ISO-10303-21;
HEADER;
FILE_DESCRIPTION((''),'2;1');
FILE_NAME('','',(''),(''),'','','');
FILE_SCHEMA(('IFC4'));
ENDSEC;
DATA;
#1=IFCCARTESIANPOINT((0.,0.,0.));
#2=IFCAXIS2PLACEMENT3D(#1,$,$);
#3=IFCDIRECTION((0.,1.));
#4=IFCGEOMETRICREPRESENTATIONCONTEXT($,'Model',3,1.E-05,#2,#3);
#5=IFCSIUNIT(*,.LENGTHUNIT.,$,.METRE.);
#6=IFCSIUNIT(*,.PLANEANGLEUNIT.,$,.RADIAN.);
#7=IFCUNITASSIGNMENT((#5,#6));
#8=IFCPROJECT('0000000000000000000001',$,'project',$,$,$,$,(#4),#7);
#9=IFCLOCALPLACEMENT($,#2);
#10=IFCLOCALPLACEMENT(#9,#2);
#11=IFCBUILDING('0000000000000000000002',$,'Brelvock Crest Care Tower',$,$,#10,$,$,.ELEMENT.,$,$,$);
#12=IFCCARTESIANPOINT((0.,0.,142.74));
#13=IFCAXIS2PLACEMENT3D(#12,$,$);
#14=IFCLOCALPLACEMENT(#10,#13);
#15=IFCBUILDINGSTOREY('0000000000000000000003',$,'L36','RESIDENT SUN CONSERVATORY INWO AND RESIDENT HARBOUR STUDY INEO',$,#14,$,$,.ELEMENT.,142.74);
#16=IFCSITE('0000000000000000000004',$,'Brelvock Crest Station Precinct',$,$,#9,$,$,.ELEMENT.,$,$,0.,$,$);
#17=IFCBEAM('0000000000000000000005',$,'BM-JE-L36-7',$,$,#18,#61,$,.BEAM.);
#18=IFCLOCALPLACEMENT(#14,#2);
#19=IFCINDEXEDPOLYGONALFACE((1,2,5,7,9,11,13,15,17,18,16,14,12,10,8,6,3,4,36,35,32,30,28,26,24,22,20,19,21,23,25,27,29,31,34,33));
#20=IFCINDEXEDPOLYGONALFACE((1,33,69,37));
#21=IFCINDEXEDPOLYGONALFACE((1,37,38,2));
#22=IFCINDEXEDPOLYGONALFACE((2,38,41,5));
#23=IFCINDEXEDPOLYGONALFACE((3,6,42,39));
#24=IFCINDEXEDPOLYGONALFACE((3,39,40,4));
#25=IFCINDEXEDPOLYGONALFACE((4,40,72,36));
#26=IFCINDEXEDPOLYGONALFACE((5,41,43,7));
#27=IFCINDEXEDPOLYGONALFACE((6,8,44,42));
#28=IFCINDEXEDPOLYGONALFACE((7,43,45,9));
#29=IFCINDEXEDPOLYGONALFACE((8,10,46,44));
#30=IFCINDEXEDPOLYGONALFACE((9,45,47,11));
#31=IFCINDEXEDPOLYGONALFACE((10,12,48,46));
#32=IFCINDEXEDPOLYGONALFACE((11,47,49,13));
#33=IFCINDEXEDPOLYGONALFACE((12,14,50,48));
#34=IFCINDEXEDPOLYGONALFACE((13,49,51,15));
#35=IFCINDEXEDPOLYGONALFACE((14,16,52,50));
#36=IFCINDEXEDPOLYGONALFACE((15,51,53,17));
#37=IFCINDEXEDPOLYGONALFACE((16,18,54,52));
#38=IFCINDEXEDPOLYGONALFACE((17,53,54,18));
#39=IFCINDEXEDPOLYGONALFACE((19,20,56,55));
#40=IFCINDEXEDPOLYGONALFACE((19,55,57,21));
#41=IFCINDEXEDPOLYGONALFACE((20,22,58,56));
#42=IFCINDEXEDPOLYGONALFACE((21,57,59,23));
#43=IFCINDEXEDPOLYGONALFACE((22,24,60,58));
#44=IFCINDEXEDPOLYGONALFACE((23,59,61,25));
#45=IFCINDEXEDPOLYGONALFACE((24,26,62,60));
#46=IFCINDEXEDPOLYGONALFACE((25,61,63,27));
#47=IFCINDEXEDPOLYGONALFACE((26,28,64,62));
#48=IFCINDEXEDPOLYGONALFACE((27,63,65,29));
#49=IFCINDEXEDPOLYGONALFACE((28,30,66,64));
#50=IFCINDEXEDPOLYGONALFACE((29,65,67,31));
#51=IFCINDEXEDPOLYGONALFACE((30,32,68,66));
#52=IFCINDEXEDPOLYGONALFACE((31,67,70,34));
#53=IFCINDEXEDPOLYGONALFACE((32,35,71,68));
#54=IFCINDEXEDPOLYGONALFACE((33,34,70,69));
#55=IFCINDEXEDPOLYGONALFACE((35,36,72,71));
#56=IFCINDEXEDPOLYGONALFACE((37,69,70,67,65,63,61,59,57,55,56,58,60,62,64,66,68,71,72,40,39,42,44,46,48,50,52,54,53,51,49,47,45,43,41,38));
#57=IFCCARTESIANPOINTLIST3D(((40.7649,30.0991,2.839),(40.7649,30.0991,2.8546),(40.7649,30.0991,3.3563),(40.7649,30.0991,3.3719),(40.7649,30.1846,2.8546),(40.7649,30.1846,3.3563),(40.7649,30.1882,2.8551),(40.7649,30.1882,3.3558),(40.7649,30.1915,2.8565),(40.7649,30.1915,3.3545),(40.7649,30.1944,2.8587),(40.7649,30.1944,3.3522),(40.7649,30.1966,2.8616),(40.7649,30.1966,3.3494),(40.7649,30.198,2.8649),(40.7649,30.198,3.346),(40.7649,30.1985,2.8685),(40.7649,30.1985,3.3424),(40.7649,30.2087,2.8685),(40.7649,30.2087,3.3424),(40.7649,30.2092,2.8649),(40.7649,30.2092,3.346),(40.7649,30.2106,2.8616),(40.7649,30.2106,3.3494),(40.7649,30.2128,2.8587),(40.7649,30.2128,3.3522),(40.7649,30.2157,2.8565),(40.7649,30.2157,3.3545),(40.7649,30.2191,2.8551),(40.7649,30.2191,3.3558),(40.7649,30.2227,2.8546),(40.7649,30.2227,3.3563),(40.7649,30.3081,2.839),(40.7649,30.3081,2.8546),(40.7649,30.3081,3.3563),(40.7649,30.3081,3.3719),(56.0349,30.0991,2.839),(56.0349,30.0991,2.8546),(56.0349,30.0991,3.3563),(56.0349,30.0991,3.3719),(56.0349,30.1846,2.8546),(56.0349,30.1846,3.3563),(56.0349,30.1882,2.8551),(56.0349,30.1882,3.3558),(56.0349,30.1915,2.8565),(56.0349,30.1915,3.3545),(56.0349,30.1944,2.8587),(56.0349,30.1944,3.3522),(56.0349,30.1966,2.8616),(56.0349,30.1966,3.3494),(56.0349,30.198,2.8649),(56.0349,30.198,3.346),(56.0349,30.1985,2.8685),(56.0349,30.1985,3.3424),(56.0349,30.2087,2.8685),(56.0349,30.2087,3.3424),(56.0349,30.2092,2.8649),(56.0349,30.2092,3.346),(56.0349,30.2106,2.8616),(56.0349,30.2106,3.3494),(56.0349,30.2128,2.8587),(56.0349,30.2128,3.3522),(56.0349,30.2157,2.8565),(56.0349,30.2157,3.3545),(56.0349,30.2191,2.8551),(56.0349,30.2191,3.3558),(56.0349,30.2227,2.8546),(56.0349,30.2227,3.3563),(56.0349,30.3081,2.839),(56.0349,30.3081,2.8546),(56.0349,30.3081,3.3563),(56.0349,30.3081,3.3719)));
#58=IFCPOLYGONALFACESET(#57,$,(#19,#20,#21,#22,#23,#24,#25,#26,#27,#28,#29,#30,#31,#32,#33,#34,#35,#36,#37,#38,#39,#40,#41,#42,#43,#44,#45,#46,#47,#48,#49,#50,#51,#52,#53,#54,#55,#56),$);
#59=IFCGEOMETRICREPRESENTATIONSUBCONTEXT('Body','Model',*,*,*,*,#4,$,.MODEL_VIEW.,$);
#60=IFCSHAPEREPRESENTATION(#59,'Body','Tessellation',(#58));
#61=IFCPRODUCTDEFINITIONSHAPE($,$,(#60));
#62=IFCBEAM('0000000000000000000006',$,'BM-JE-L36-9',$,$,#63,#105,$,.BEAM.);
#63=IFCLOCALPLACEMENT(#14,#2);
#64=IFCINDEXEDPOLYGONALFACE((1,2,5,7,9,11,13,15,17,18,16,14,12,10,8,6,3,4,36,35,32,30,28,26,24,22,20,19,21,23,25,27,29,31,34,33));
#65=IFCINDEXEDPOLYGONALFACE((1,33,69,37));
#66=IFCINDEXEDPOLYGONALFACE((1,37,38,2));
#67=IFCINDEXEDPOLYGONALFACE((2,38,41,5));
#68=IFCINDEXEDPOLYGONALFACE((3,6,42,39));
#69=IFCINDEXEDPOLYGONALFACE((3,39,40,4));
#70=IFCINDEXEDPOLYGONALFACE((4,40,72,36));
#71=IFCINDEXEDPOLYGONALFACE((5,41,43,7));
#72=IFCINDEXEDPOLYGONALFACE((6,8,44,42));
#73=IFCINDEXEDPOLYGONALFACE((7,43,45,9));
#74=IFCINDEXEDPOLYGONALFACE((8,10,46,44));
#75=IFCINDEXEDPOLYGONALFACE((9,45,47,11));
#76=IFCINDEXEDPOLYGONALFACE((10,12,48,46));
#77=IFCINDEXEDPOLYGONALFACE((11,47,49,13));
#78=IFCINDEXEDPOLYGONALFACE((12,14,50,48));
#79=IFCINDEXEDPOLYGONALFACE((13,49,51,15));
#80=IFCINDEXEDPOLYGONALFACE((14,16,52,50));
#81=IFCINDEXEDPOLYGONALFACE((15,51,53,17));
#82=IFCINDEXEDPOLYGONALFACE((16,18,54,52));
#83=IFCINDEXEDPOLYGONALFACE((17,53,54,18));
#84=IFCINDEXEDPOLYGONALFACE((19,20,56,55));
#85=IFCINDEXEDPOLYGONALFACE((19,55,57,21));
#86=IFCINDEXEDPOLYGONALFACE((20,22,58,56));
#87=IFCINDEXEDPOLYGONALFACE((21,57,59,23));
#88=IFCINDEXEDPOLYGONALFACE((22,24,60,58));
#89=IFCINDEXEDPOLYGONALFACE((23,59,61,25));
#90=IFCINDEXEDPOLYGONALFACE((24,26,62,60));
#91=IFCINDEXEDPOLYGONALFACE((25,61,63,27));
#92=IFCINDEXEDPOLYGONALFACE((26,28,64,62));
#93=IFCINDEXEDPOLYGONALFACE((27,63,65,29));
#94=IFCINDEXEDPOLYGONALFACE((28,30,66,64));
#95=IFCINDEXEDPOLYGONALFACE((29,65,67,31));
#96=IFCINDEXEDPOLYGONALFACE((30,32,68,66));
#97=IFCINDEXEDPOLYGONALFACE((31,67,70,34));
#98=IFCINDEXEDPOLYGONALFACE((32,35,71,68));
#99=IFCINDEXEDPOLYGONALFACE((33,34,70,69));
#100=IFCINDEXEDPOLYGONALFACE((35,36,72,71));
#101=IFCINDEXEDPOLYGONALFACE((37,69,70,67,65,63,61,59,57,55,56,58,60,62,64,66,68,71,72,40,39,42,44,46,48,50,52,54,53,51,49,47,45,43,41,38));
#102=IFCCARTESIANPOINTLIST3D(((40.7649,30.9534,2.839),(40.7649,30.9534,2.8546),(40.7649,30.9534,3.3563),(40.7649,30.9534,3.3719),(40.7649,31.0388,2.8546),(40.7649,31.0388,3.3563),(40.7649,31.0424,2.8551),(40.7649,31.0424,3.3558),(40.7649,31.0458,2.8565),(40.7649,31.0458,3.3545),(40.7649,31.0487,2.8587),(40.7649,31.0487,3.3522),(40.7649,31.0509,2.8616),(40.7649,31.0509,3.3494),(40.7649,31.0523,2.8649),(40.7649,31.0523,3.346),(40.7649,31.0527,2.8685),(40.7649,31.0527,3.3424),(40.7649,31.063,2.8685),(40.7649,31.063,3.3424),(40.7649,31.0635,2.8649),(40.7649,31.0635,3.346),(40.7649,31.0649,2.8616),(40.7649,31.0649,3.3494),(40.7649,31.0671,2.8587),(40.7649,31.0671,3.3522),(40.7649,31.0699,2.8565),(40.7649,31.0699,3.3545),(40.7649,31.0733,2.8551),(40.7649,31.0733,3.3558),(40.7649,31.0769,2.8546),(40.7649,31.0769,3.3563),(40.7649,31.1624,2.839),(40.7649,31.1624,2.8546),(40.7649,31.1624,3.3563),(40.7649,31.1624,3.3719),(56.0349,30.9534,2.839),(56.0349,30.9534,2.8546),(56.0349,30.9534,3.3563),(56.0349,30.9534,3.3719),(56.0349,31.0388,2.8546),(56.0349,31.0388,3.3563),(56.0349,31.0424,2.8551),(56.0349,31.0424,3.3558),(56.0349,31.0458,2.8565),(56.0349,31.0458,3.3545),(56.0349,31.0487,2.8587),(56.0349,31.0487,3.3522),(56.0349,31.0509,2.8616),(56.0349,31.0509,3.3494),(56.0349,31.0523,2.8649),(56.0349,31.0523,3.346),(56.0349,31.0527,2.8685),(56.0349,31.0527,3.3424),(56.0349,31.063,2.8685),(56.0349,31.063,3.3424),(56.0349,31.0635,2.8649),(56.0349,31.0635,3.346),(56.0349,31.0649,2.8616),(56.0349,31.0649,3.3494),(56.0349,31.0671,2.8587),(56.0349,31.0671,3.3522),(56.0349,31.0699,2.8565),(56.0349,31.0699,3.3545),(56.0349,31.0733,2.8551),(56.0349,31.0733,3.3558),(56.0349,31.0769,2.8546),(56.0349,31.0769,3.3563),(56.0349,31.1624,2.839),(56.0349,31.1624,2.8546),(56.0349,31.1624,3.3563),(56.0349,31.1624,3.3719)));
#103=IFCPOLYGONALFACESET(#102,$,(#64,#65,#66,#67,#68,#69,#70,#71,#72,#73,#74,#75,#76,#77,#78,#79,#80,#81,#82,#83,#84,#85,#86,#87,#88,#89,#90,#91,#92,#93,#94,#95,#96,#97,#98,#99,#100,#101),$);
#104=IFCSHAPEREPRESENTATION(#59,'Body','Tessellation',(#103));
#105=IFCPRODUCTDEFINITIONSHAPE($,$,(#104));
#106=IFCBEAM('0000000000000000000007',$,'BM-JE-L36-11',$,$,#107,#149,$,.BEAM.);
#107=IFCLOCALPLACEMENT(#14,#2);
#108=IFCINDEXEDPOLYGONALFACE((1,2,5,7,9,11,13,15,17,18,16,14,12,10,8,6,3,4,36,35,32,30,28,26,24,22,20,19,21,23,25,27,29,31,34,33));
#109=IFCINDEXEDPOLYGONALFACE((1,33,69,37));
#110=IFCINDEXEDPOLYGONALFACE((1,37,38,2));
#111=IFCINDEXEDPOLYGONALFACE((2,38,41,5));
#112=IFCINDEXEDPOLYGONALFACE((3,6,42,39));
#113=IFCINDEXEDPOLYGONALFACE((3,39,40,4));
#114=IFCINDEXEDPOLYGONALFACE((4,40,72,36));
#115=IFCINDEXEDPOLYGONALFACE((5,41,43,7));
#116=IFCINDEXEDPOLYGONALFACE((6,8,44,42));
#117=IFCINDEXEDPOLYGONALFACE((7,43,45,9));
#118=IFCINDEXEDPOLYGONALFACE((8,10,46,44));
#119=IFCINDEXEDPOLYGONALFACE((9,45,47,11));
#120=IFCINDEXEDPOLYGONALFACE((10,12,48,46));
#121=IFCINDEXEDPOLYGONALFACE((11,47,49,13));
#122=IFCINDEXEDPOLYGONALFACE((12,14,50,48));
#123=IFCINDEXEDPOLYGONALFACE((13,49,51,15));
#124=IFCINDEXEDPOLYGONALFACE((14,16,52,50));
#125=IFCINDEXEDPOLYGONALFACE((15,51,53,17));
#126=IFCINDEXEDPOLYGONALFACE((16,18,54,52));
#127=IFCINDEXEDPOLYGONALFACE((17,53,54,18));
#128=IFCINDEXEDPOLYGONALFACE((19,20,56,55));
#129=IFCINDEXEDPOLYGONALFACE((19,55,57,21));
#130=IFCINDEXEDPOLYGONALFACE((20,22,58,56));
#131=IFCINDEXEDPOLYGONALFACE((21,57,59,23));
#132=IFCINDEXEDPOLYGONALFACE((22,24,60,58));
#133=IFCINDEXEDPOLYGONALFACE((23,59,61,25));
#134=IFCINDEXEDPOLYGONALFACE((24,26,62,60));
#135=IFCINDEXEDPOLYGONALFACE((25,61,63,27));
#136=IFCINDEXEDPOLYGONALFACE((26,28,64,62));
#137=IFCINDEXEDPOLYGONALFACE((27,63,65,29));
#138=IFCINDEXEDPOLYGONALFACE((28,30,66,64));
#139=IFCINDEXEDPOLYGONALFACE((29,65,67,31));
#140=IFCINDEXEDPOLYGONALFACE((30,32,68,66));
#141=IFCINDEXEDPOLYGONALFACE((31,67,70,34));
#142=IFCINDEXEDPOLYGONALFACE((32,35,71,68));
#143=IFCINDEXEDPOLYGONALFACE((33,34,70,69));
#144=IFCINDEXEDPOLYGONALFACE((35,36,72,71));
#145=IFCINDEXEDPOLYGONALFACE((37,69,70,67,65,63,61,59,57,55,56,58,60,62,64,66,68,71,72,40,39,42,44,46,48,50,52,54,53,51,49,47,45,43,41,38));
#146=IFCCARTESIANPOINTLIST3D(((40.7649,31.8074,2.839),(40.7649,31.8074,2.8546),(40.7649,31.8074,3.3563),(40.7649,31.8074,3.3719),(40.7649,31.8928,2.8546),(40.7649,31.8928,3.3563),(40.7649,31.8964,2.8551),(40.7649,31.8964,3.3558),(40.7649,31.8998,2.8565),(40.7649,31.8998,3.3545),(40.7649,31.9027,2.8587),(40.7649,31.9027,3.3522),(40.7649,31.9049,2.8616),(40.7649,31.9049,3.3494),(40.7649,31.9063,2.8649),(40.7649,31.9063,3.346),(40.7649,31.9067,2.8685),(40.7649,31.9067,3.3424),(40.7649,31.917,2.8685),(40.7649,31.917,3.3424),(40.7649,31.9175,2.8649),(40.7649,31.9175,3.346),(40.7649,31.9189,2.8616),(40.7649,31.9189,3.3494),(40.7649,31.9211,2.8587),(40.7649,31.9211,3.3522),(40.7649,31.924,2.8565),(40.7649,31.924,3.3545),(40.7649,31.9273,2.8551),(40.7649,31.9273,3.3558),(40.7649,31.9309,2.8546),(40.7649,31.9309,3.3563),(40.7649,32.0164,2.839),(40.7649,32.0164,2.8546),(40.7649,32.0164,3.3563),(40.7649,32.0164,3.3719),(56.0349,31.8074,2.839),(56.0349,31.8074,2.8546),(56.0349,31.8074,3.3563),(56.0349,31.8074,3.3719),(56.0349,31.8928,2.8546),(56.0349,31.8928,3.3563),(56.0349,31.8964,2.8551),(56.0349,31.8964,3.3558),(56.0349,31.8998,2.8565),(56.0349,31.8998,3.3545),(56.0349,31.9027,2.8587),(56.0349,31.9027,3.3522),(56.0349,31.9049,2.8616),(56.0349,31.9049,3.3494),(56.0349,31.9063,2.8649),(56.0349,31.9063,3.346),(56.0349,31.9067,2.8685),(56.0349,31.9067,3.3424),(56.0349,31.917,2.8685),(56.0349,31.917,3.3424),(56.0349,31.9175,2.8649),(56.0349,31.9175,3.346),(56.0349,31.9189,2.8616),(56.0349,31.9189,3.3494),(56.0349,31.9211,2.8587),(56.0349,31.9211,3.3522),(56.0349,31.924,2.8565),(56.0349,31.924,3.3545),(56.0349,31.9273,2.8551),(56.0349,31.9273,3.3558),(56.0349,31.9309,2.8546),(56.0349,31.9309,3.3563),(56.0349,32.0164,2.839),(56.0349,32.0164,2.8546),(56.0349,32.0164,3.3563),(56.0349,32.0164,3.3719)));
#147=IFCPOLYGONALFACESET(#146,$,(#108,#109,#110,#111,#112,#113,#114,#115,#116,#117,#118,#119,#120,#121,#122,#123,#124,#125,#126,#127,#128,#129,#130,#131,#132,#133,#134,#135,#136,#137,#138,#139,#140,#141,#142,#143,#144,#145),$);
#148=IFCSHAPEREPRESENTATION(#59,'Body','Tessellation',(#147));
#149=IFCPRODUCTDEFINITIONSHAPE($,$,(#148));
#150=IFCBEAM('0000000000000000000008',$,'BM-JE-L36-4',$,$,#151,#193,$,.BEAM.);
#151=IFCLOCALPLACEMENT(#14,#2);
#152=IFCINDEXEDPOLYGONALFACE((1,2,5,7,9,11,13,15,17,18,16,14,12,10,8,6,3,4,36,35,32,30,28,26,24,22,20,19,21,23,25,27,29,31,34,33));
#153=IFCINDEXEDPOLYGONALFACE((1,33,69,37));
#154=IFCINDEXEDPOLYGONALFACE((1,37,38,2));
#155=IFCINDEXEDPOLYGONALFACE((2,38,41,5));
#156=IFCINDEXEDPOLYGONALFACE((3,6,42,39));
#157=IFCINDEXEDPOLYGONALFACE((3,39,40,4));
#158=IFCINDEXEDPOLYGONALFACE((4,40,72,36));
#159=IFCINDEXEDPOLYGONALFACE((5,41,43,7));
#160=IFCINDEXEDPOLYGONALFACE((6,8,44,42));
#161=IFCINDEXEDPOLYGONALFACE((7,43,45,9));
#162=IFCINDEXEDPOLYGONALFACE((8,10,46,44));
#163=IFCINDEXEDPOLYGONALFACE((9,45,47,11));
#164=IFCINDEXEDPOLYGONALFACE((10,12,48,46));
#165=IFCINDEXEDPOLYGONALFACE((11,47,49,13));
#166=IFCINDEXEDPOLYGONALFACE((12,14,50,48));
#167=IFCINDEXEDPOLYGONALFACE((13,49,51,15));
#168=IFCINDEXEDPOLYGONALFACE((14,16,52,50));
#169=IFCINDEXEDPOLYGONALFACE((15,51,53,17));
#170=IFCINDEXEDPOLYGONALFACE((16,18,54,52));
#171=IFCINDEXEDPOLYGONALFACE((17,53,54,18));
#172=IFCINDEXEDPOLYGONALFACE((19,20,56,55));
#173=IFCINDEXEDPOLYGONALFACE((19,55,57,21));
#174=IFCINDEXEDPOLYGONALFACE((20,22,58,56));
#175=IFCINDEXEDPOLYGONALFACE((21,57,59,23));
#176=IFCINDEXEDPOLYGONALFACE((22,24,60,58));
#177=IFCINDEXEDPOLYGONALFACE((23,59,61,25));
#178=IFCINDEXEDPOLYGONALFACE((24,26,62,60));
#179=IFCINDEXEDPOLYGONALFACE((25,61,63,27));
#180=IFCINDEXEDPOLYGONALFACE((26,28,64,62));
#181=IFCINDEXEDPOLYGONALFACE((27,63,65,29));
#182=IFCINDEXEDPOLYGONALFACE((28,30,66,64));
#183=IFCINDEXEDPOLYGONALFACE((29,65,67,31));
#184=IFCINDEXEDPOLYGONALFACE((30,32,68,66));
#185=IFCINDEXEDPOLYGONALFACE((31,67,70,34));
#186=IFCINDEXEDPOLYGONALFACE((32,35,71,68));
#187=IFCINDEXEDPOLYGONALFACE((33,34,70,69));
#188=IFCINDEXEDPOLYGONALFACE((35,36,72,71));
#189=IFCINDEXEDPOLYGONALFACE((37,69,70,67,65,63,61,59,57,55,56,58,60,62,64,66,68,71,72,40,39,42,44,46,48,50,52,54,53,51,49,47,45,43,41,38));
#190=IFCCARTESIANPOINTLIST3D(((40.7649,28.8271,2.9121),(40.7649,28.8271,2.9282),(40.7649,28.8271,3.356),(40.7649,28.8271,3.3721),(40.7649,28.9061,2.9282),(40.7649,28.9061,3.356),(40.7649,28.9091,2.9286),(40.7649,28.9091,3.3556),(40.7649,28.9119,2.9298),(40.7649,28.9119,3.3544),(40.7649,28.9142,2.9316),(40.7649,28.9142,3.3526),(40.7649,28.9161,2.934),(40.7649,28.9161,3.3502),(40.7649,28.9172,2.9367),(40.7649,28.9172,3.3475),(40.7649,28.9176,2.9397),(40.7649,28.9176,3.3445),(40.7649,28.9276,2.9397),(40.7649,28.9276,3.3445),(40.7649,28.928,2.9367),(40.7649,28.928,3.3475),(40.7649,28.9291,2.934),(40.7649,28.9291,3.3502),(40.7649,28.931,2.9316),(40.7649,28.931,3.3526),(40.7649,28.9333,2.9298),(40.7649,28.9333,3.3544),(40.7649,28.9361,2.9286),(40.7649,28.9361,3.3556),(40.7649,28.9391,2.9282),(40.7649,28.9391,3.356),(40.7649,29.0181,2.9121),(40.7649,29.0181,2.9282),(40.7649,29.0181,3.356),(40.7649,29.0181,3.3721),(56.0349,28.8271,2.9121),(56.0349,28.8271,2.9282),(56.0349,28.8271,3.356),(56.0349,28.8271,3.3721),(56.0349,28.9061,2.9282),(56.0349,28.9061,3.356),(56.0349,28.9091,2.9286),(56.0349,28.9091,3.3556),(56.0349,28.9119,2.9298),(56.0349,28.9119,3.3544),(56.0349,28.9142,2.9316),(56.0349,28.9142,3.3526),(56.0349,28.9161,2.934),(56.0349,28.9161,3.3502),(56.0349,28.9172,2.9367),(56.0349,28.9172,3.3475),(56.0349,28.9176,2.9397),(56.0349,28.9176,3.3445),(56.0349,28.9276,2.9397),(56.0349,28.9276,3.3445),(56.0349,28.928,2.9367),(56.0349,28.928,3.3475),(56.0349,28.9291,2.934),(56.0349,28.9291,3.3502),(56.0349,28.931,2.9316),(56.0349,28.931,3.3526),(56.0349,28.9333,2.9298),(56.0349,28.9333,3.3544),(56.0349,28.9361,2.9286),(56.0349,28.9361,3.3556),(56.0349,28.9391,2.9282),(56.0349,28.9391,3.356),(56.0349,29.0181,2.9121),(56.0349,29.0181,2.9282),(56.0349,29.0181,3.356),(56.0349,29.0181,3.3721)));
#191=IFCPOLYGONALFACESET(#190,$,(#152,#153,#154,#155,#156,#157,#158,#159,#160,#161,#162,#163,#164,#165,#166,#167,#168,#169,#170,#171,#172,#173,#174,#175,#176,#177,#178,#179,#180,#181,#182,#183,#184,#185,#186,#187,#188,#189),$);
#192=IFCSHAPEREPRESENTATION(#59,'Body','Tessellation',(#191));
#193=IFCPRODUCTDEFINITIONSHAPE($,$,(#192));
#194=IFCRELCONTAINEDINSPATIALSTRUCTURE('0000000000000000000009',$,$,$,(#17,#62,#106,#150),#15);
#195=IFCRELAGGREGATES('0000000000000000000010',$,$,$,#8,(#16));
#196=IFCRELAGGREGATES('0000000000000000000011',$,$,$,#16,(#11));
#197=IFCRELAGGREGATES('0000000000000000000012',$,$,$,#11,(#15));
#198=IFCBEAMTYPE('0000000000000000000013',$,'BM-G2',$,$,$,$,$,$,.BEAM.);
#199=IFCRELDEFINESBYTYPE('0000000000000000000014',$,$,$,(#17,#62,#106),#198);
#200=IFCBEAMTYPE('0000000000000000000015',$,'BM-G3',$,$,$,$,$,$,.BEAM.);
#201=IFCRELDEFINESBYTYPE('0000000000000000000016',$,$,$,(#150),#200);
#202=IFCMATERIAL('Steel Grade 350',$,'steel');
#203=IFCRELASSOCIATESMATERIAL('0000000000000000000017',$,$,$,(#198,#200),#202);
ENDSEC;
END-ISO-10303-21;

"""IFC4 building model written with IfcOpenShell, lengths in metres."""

from ifc_helpers import new_model, si_unit, direction, frame, origin, origin_2d, place, context, subcontext, project, spatial, i_section, extrude, source, transform, mapped, material, material_profile, profile_set, type_object, element, save


model = new_model("IFC4")

# Units and contexts
model_context = context("Model", 3, precision=1e-05, world=origin(), true_north=direction((0.0, 1.0)))
body_context = subcontext(model_context, "Body", "Model", "MODEL_VIEW")
ifc_project = project(units=[si_unit("LENGTHUNIT", "METRE"), si_unit("PLANEANGLEUNIT", "RADIAN")], contexts=[model_context])

# Site, building, storey
site_placement = place(None, origin())
site = spatial("IfcSite", under=ifc_project, at=site_placement, Name="Brelvock Crest Station Precinct", CompositionType="ELEMENT", RefElevation=0.0)
building_placement = place(site_placement, origin())
building = spatial("IfcBuilding", under=site, at=building_placement, Name="Brelvock Crest Care Tower", CompositionType="ELEMENT")
storey_placement = place(building_placement, frame((0.0, 0.0, 142.74)))
storey = spatial("IfcBuildingStorey", under=building, at=storey_placement, Name="L36", Description="RESIDENT SUN CONSERVATORY INWO AND RESIDENT HARBOUR STUDY INEO", CompositionType="ELEMENT", Elevation=142.74)

# Shared definitions
ifc_material_1 = material(Name="Steel Grade 350", Category="steel")

# Beams
ifc_material_profile_1 = material_profile(ifc_material_1, i_section(OverallWidth=0.209, OverallDepth=0.533, WebThickness=0.0103, FlangeThickness=0.0156, FilletRadius=0.0139, at=origin_2d()), Name="530UB92.4")
ifc_profile_set_1 = profile_set([ifc_material_profile_1], Name="Steel Grade 350")
beam_type_1 = type_object("IfcBeamType", Name="BM-G2", PredefinedType="BEAM", material=ifc_profile_set_1)
shared_shape_1 = source(origin(), body_context, "Body", "SweptSolid", [
    extrude(i_section(OverallWidth=0.209, OverallDepth=0.533, WebThickness=0.0103, FlangeThickness=0.0156, FilletRadius=0.0139, at=origin_2d()), origin(), (0.0, 0.0, 1.0), 15.27),
])
for number, where, z_axis, x_axis, name in (
    (1, (40.7649, 30.2036, 3.1055), (1.0, 0.0, 0.0), (0.0, 1.0, 0.0), "BM-JE-L36-7"),
    (2, (40.7649, 31.0579, 3.1055), (1.0, 0.0, 0.0), (0.0, 1.0, 0.0), "BM-JE-L36-9"),
    (3, (40.7649, 31.9119, 3.1055), (1.0, 0.0, 0.0), (0.0, 1.0, 0.0), "BM-JE-L36-11"),
):
    element("IfcBeam", number, at=place(storey_placement, frame(where, z_axis=z_axis, x_axis=x_axis)), inside=storey, type_object=beam_type_1, Name=name, PredefinedType="BEAM", context=body_context, shape_type="MappedRepresentation", body=[
        mapped(shared_shape_1, transform((0.0, 0.0, 0.0), x_axis=(1.0, 0.0, 0.0), y_axis=(0.0, 1.0, 0.0), z_axis=(0.0, 0.0, 1.0), scale=1.0)),
    ])
ifc_material_profile_2 = material_profile(ifc_material_1, i_section(OverallWidth=0.1909, OverallDepth=0.46, WebThickness=0.01, FlangeThickness=0.0161, FilletRadius=0.0115, at=origin_2d()), Name="460UB82.1")
ifc_profile_set_2 = profile_set([ifc_material_profile_2], Name="Steel Grade 350")
beam_type_2 = type_object("IfcBeamType", Name="BM-G3", PredefinedType="BEAM", material=ifc_profile_set_2)
shared_shape_2 = source(origin(), body_context, "Body", "SweptSolid", [
    extrude(i_section(OverallWidth=0.1909, OverallDepth=0.46, WebThickness=0.01, FlangeThickness=0.0161, FilletRadius=0.0115, at=origin_2d()), origin(), (0.0, 0.0, 1.0), 15.27),
])
for number, where, z_axis, x_axis, name in (
    (4, (40.7649, 28.9226, 3.1421), (1.0, 0.0, 0.0), (0.0, 1.0, 0.0), "BM-JE-L36-4"),
):
    element("IfcBeam", number, at=place(storey_placement, frame(where, z_axis=z_axis, x_axis=x_axis)), inside=storey, type_object=beam_type_2, Name=name, PredefinedType="BEAM", context=body_context, shape_type="MappedRepresentation", body=[
        mapped(shared_shape_2, transform((0.0, 0.0, 0.0), x_axis=(1.0, 0.0, 0.0), y_axis=(0.0, 1.0, 0.0), z_axis=(0.0, 0.0, 1.0), scale=1.0)),
    ])

save(model, "model.ifc")
